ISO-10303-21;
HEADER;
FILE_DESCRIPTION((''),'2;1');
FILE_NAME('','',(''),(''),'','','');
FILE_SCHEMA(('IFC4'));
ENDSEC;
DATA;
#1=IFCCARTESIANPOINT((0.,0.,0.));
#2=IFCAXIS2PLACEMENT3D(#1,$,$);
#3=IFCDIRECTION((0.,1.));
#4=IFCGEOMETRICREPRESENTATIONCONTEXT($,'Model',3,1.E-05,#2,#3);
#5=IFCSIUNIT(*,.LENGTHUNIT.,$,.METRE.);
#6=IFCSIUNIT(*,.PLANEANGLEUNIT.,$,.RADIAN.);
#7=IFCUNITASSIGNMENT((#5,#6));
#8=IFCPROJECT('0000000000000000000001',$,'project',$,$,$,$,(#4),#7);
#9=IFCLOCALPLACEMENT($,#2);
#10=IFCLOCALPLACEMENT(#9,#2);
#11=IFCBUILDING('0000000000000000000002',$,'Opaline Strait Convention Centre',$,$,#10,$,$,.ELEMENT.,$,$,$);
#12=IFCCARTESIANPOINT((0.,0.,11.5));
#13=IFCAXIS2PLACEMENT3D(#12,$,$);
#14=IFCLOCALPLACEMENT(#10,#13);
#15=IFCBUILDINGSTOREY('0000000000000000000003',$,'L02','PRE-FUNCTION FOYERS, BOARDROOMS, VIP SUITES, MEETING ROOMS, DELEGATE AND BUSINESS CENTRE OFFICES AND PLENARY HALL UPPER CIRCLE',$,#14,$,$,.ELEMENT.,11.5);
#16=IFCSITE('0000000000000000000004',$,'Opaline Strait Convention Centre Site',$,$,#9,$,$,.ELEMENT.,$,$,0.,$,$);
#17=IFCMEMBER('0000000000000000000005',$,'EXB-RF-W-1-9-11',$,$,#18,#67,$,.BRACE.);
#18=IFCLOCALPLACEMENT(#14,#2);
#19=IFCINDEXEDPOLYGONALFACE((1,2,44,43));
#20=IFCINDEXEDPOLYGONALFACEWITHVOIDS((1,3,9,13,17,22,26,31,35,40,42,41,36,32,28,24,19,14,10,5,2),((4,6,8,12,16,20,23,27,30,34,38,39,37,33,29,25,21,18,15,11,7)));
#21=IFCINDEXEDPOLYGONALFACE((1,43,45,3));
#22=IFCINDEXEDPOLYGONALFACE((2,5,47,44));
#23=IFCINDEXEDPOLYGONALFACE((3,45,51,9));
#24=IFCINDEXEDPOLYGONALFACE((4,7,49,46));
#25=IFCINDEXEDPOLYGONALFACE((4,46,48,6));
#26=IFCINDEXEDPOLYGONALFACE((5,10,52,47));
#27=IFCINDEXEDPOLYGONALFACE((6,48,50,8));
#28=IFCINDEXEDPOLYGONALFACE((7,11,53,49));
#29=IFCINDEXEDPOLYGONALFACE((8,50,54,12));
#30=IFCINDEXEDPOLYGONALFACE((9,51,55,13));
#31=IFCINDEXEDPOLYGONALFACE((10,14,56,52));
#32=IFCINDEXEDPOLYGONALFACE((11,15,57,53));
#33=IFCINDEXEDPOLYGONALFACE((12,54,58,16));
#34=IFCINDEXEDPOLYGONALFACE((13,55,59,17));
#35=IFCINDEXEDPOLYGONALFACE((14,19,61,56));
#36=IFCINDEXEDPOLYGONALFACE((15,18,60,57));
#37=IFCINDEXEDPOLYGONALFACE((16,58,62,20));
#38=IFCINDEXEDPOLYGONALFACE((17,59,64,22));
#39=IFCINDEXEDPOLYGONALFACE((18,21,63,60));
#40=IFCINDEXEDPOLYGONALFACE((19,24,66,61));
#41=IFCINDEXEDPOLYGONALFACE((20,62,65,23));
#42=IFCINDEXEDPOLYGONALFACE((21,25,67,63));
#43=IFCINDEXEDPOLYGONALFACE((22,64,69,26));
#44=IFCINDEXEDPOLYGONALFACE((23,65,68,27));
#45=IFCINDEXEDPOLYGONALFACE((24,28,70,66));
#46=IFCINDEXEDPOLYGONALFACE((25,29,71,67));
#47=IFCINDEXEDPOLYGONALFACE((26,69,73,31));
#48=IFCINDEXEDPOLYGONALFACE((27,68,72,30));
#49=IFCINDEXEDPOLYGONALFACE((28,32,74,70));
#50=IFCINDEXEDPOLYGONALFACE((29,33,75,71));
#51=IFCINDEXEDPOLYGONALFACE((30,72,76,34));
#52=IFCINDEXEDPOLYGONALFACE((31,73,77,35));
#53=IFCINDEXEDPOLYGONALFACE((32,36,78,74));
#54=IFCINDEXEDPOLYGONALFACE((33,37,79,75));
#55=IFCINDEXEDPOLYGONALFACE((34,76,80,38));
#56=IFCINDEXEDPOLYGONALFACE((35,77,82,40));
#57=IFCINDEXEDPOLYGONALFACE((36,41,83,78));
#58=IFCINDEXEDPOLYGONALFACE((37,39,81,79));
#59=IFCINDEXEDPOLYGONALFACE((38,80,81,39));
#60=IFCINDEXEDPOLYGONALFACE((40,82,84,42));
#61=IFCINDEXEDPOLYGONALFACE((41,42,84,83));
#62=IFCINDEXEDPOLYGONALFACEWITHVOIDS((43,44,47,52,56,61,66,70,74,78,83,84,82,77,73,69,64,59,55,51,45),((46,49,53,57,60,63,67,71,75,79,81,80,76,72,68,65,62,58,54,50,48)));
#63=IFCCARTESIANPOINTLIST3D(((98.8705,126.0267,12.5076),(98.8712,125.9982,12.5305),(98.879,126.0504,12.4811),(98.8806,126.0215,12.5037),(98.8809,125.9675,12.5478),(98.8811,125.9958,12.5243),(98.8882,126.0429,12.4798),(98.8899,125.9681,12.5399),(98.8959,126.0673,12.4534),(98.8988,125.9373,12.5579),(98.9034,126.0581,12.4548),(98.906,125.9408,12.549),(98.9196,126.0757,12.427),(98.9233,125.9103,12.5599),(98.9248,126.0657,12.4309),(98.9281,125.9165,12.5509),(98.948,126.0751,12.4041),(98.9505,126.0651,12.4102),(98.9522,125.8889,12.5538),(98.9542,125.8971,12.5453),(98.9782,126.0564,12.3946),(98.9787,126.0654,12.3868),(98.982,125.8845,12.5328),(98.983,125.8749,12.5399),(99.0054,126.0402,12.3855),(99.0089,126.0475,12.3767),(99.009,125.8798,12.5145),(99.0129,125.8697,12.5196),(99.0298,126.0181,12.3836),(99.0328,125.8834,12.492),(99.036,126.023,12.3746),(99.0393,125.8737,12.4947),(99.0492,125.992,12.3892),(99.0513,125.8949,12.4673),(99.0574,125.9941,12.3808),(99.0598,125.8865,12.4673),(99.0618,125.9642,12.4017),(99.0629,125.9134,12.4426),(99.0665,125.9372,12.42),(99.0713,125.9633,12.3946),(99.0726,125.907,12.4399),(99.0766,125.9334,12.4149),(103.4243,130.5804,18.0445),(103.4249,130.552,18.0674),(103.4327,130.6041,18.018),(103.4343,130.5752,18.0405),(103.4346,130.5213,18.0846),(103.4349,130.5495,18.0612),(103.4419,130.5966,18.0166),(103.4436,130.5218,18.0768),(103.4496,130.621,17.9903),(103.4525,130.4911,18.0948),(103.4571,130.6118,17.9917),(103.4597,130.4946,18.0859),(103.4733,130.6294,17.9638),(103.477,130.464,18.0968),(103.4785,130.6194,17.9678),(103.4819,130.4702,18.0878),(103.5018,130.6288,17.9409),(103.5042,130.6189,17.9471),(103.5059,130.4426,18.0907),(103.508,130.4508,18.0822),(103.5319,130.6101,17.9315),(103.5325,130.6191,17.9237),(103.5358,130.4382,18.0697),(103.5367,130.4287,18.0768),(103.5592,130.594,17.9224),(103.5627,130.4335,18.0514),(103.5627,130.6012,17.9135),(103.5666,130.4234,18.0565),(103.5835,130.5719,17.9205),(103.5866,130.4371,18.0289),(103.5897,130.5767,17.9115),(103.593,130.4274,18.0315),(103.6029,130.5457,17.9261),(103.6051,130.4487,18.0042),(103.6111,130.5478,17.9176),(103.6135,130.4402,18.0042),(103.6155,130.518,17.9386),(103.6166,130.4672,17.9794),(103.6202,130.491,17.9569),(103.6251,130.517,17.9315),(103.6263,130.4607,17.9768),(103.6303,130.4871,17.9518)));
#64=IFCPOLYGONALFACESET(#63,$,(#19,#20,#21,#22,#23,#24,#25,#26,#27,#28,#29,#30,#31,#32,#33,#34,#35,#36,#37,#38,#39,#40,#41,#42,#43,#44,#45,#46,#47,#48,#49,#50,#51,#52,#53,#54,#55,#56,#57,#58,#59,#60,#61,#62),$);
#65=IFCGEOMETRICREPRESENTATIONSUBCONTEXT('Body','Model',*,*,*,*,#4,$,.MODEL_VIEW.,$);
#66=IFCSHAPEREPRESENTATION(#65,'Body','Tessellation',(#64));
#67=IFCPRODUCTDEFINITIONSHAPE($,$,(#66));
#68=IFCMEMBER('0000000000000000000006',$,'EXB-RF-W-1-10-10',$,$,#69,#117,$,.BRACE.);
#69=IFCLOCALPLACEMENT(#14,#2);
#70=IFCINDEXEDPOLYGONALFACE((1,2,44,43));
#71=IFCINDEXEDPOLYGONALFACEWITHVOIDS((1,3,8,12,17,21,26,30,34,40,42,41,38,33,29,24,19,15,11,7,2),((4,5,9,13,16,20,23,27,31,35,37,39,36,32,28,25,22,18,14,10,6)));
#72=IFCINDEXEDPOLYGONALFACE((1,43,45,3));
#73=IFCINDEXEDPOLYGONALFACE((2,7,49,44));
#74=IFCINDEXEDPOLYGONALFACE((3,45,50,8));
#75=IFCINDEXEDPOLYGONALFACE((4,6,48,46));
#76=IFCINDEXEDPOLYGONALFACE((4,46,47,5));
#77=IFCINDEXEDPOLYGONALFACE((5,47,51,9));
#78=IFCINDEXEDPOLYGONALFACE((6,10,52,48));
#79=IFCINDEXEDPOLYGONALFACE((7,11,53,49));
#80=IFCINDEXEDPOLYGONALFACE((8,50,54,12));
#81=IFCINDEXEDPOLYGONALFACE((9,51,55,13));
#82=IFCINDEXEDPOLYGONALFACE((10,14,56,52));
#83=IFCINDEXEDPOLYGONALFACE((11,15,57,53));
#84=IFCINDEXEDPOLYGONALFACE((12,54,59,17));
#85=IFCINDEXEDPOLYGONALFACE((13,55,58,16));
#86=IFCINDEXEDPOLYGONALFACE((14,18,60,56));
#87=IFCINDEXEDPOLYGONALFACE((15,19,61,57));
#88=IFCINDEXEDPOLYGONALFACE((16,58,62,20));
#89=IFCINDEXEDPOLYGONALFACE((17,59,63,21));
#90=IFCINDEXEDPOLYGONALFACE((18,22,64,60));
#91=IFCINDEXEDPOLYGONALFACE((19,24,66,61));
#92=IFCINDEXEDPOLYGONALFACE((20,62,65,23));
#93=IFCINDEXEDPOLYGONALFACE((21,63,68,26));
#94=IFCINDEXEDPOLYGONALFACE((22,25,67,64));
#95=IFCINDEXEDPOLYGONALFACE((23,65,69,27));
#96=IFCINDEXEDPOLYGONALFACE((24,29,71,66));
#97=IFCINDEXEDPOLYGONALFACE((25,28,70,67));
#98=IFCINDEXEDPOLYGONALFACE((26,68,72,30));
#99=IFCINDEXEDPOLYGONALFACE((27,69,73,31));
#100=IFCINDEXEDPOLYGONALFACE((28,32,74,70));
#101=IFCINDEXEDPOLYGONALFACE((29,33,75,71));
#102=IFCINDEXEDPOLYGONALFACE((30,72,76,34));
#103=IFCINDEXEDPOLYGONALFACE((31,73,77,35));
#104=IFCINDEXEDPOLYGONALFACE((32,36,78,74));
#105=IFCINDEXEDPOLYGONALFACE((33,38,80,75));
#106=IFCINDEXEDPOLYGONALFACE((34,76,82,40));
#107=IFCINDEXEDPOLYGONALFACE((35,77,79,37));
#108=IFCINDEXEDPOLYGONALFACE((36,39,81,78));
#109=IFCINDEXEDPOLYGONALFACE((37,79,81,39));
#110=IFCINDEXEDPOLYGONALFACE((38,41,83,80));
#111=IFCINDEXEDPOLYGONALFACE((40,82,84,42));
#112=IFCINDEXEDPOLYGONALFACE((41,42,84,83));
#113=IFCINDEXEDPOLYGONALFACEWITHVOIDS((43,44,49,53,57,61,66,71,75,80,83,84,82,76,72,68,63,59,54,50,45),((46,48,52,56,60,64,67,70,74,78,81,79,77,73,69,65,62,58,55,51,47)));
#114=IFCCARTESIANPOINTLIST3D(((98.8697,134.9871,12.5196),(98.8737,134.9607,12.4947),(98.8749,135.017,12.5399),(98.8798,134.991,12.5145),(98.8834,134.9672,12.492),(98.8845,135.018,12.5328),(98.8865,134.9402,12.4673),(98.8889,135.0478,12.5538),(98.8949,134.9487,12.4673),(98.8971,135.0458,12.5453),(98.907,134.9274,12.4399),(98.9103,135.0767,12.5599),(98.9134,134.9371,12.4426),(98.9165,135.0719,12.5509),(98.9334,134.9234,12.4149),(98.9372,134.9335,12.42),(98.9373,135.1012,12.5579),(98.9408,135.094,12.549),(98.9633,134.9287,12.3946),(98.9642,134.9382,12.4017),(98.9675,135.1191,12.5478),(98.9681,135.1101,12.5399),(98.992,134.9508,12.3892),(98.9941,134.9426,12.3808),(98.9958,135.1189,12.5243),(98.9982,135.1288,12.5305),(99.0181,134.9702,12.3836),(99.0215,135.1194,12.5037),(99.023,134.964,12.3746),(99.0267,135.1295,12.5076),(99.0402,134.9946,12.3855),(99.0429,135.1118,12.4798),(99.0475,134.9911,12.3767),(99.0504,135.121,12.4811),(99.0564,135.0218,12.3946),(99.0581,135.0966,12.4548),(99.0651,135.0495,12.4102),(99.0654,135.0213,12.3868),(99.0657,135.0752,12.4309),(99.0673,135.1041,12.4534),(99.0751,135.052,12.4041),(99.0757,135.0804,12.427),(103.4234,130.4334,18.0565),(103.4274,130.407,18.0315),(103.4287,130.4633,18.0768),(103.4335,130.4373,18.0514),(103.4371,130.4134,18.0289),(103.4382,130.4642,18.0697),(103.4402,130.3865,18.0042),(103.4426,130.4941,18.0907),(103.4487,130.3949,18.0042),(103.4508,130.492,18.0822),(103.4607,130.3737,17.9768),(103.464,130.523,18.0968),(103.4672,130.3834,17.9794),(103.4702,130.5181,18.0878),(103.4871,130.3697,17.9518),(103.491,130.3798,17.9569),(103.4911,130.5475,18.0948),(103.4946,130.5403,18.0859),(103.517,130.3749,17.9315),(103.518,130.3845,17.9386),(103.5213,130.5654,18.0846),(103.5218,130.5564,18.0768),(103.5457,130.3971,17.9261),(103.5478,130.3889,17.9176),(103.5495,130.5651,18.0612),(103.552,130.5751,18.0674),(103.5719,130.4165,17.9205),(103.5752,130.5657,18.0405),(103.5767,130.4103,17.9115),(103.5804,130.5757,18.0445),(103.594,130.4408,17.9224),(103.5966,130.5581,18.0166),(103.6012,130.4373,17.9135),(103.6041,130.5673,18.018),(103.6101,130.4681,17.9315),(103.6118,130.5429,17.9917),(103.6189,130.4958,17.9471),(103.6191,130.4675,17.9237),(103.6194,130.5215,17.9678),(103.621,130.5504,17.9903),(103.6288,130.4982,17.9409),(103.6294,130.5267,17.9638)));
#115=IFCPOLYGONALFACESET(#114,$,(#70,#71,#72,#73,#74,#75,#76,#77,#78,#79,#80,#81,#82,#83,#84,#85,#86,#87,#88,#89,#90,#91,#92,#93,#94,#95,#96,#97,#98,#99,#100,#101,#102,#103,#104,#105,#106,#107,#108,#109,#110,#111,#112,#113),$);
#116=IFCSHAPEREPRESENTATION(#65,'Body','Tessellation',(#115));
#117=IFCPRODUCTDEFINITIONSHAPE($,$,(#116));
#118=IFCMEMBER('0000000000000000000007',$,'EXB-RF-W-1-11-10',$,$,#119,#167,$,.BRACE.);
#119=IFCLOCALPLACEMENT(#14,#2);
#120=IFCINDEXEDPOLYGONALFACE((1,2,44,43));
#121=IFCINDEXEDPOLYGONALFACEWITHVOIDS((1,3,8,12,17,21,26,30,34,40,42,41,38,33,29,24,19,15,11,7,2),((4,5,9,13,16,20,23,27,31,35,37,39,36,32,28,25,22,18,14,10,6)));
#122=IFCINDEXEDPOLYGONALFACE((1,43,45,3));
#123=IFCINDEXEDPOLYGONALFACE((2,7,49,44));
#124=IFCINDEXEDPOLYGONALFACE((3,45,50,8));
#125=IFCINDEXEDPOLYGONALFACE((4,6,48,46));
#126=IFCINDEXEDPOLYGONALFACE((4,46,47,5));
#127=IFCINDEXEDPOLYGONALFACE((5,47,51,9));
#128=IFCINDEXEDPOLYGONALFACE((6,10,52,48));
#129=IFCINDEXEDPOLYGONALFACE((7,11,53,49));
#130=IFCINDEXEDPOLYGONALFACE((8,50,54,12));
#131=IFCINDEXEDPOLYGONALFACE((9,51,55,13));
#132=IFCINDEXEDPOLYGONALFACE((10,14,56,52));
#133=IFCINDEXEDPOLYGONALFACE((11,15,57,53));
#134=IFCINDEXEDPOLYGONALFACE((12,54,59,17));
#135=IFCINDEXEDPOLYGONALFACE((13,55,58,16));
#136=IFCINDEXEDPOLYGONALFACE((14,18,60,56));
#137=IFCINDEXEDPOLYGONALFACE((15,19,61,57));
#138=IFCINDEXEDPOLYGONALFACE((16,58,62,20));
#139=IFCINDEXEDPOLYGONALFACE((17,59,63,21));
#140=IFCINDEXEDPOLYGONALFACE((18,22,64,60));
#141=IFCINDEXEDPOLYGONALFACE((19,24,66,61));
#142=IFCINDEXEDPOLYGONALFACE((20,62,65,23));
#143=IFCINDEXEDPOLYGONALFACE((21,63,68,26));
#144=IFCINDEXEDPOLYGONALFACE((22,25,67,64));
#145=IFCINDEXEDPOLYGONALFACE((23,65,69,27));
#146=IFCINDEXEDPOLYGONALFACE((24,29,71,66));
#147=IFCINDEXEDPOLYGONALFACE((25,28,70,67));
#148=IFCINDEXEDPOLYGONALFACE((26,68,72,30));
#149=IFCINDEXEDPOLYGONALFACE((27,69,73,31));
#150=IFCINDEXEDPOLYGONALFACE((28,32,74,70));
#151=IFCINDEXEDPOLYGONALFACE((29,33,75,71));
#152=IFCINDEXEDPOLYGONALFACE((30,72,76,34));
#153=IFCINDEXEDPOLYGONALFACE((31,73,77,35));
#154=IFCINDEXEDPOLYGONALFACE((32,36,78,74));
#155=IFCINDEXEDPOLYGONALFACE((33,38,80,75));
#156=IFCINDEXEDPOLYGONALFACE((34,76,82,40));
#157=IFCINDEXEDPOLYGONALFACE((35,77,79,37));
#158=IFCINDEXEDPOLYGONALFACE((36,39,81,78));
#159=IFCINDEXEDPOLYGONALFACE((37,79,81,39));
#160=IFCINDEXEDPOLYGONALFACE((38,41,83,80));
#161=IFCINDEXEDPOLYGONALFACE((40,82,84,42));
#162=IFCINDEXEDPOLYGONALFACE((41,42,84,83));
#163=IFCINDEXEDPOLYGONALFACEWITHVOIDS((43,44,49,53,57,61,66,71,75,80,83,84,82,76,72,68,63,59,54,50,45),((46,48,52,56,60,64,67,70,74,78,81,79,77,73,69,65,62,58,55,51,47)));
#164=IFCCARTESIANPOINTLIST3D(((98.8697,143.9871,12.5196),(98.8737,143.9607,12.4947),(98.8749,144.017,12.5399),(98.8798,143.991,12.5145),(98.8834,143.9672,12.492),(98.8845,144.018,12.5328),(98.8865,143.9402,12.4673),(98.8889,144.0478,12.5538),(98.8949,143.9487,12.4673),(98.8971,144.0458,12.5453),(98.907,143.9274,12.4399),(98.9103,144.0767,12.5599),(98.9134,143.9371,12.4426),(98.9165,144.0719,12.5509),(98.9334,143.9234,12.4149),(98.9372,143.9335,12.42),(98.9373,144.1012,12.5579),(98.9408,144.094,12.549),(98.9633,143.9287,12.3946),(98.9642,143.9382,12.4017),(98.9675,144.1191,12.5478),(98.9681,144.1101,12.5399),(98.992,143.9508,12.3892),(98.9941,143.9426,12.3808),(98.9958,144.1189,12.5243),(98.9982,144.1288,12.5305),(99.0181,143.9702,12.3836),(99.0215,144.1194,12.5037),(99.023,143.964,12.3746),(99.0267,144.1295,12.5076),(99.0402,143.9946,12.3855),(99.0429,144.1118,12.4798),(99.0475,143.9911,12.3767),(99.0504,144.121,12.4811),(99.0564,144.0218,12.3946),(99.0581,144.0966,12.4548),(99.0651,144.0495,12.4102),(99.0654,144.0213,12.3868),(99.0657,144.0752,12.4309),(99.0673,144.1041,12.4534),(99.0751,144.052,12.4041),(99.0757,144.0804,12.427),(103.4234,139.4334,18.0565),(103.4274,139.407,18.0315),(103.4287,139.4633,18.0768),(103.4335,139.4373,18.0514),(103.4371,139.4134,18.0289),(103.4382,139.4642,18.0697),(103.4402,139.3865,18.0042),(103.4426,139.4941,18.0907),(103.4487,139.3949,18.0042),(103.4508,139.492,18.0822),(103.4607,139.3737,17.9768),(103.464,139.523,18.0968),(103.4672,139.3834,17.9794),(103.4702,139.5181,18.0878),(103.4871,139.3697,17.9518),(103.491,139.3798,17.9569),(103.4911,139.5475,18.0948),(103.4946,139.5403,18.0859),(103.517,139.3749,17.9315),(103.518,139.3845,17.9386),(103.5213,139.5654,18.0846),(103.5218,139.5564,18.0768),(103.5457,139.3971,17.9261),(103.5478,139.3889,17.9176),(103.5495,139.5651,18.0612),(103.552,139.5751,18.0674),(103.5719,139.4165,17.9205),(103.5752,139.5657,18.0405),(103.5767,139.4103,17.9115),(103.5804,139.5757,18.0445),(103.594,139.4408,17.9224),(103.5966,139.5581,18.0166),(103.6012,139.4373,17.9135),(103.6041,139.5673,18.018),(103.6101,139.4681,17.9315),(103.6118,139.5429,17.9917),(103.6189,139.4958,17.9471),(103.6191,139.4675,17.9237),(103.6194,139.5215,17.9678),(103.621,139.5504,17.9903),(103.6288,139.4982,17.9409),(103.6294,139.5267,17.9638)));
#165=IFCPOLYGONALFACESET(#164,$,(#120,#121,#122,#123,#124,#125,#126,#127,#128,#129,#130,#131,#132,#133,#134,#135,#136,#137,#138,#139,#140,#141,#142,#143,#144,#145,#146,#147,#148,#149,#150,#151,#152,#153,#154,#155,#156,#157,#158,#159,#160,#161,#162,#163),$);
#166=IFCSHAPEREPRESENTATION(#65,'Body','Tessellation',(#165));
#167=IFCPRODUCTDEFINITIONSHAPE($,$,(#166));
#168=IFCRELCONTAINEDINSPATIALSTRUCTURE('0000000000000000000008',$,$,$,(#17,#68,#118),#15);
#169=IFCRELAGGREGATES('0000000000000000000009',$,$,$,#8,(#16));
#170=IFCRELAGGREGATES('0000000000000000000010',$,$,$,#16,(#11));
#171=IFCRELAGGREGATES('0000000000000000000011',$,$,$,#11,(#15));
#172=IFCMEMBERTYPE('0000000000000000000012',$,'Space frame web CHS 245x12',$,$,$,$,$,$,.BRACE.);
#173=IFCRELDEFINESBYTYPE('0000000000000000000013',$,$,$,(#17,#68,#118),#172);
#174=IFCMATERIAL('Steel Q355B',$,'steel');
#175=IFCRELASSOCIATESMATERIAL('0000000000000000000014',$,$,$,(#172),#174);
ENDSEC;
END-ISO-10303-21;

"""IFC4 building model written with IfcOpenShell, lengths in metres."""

from ifc_helpers import new_model, si_unit, direction, frame, origin, origin_2d, place, context, subcontext, project, spatial, hollow_circle, extrude, material, material_profile, profile_set, type_object, element, save


model = new_model("IFC4")

# Units and contexts
model_context = context("Model", 3, precision=1e-05, world=origin(), true_north=direction((0.0, 1.0)))
body_context = subcontext(model_context, "Body", "Model", "MODEL_VIEW")
ifc_project = project(units=[si_unit("LENGTHUNIT", "METRE"), si_unit("PLANEANGLEUNIT", "RADIAN")], contexts=[model_context])

# Site, building, storey
site_placement = place(None, origin())
site = spatial("IfcSite", under=ifc_project, at=site_placement, Name="Opaline Strait Convention Centre Site", CompositionType="ELEMENT", RefElevation=0.0)
building_placement = place(site_placement, origin())
building = spatial("IfcBuilding", under=site, at=building_placement, Name="Opaline Strait Convention Centre", CompositionType="ELEMENT")
storey_placement = place(building_placement, frame((0.0, 0.0, 11.5)))
storey = spatial("IfcBuildingStorey", under=building, at=storey_placement, Name="L02", Description="PRE-FUNCTION FOYERS, BOARDROOMS, VIP SUITES, MEETING ROOMS, DELEGATE AND BUSINESS CENTRE OFFICES AND PLENARY HALL UPPER CIRCLE", CompositionType="ELEMENT", Elevation=11.5)

# Members
ifc_material_1 = material(Name="Steel Q355B", Category="steel")
ifc_material_profile_1 = material_profile(ifc_material_1, hollow_circle(Radius=0.1226, WallThickness=0.012, at=origin_2d()), Name="CHS 245x12")
ifc_profile_set_1 = profile_set([ifc_material_profile_1], Name="Steel Q355B")
member_type_1 = type_object("IfcMemberType", Name="Space frame web CHS 245x12", PredefinedType="BRACE", material=ifc_profile_set_1)
for number, where, z_axis, x_axis, name in (
    (1, (103.5269, 130.5269, 18.0042), (-0.536178, -0.536178, -0.65194), (0.707107, -0.707107, 0.0), "EXB-RF-W-1-9-11"),
    (2, (103.5269, 130.4731, 18.0042), (-0.536178, 0.536178, -0.65194), (-0.707107, -0.707107, 0.0), "EXB-RF-W-1-10-10"),
    (3, (103.5269, 139.4731, 18.0042), (-0.536178, 0.536178, -0.65194), (-0.707107, -0.707107, 0.0), "EXB-RF-W-1-11-10"),
):
    element("IfcMember", number, at=place(storey_placement, frame(where, z_axis=z_axis, x_axis=x_axis)), inside=storey, type_object=member_type_1, Name=name, PredefinedType="BRACE", context=body_context, shape_type="SweptSolid", body=[
        extrude(hollow_circle(Radius=0.1226, WallThickness=0.012, at=origin_2d()), origin(), (0.0, 0.0, 1.0), 8.4929),
    ])

save(model, "model.ifc")
